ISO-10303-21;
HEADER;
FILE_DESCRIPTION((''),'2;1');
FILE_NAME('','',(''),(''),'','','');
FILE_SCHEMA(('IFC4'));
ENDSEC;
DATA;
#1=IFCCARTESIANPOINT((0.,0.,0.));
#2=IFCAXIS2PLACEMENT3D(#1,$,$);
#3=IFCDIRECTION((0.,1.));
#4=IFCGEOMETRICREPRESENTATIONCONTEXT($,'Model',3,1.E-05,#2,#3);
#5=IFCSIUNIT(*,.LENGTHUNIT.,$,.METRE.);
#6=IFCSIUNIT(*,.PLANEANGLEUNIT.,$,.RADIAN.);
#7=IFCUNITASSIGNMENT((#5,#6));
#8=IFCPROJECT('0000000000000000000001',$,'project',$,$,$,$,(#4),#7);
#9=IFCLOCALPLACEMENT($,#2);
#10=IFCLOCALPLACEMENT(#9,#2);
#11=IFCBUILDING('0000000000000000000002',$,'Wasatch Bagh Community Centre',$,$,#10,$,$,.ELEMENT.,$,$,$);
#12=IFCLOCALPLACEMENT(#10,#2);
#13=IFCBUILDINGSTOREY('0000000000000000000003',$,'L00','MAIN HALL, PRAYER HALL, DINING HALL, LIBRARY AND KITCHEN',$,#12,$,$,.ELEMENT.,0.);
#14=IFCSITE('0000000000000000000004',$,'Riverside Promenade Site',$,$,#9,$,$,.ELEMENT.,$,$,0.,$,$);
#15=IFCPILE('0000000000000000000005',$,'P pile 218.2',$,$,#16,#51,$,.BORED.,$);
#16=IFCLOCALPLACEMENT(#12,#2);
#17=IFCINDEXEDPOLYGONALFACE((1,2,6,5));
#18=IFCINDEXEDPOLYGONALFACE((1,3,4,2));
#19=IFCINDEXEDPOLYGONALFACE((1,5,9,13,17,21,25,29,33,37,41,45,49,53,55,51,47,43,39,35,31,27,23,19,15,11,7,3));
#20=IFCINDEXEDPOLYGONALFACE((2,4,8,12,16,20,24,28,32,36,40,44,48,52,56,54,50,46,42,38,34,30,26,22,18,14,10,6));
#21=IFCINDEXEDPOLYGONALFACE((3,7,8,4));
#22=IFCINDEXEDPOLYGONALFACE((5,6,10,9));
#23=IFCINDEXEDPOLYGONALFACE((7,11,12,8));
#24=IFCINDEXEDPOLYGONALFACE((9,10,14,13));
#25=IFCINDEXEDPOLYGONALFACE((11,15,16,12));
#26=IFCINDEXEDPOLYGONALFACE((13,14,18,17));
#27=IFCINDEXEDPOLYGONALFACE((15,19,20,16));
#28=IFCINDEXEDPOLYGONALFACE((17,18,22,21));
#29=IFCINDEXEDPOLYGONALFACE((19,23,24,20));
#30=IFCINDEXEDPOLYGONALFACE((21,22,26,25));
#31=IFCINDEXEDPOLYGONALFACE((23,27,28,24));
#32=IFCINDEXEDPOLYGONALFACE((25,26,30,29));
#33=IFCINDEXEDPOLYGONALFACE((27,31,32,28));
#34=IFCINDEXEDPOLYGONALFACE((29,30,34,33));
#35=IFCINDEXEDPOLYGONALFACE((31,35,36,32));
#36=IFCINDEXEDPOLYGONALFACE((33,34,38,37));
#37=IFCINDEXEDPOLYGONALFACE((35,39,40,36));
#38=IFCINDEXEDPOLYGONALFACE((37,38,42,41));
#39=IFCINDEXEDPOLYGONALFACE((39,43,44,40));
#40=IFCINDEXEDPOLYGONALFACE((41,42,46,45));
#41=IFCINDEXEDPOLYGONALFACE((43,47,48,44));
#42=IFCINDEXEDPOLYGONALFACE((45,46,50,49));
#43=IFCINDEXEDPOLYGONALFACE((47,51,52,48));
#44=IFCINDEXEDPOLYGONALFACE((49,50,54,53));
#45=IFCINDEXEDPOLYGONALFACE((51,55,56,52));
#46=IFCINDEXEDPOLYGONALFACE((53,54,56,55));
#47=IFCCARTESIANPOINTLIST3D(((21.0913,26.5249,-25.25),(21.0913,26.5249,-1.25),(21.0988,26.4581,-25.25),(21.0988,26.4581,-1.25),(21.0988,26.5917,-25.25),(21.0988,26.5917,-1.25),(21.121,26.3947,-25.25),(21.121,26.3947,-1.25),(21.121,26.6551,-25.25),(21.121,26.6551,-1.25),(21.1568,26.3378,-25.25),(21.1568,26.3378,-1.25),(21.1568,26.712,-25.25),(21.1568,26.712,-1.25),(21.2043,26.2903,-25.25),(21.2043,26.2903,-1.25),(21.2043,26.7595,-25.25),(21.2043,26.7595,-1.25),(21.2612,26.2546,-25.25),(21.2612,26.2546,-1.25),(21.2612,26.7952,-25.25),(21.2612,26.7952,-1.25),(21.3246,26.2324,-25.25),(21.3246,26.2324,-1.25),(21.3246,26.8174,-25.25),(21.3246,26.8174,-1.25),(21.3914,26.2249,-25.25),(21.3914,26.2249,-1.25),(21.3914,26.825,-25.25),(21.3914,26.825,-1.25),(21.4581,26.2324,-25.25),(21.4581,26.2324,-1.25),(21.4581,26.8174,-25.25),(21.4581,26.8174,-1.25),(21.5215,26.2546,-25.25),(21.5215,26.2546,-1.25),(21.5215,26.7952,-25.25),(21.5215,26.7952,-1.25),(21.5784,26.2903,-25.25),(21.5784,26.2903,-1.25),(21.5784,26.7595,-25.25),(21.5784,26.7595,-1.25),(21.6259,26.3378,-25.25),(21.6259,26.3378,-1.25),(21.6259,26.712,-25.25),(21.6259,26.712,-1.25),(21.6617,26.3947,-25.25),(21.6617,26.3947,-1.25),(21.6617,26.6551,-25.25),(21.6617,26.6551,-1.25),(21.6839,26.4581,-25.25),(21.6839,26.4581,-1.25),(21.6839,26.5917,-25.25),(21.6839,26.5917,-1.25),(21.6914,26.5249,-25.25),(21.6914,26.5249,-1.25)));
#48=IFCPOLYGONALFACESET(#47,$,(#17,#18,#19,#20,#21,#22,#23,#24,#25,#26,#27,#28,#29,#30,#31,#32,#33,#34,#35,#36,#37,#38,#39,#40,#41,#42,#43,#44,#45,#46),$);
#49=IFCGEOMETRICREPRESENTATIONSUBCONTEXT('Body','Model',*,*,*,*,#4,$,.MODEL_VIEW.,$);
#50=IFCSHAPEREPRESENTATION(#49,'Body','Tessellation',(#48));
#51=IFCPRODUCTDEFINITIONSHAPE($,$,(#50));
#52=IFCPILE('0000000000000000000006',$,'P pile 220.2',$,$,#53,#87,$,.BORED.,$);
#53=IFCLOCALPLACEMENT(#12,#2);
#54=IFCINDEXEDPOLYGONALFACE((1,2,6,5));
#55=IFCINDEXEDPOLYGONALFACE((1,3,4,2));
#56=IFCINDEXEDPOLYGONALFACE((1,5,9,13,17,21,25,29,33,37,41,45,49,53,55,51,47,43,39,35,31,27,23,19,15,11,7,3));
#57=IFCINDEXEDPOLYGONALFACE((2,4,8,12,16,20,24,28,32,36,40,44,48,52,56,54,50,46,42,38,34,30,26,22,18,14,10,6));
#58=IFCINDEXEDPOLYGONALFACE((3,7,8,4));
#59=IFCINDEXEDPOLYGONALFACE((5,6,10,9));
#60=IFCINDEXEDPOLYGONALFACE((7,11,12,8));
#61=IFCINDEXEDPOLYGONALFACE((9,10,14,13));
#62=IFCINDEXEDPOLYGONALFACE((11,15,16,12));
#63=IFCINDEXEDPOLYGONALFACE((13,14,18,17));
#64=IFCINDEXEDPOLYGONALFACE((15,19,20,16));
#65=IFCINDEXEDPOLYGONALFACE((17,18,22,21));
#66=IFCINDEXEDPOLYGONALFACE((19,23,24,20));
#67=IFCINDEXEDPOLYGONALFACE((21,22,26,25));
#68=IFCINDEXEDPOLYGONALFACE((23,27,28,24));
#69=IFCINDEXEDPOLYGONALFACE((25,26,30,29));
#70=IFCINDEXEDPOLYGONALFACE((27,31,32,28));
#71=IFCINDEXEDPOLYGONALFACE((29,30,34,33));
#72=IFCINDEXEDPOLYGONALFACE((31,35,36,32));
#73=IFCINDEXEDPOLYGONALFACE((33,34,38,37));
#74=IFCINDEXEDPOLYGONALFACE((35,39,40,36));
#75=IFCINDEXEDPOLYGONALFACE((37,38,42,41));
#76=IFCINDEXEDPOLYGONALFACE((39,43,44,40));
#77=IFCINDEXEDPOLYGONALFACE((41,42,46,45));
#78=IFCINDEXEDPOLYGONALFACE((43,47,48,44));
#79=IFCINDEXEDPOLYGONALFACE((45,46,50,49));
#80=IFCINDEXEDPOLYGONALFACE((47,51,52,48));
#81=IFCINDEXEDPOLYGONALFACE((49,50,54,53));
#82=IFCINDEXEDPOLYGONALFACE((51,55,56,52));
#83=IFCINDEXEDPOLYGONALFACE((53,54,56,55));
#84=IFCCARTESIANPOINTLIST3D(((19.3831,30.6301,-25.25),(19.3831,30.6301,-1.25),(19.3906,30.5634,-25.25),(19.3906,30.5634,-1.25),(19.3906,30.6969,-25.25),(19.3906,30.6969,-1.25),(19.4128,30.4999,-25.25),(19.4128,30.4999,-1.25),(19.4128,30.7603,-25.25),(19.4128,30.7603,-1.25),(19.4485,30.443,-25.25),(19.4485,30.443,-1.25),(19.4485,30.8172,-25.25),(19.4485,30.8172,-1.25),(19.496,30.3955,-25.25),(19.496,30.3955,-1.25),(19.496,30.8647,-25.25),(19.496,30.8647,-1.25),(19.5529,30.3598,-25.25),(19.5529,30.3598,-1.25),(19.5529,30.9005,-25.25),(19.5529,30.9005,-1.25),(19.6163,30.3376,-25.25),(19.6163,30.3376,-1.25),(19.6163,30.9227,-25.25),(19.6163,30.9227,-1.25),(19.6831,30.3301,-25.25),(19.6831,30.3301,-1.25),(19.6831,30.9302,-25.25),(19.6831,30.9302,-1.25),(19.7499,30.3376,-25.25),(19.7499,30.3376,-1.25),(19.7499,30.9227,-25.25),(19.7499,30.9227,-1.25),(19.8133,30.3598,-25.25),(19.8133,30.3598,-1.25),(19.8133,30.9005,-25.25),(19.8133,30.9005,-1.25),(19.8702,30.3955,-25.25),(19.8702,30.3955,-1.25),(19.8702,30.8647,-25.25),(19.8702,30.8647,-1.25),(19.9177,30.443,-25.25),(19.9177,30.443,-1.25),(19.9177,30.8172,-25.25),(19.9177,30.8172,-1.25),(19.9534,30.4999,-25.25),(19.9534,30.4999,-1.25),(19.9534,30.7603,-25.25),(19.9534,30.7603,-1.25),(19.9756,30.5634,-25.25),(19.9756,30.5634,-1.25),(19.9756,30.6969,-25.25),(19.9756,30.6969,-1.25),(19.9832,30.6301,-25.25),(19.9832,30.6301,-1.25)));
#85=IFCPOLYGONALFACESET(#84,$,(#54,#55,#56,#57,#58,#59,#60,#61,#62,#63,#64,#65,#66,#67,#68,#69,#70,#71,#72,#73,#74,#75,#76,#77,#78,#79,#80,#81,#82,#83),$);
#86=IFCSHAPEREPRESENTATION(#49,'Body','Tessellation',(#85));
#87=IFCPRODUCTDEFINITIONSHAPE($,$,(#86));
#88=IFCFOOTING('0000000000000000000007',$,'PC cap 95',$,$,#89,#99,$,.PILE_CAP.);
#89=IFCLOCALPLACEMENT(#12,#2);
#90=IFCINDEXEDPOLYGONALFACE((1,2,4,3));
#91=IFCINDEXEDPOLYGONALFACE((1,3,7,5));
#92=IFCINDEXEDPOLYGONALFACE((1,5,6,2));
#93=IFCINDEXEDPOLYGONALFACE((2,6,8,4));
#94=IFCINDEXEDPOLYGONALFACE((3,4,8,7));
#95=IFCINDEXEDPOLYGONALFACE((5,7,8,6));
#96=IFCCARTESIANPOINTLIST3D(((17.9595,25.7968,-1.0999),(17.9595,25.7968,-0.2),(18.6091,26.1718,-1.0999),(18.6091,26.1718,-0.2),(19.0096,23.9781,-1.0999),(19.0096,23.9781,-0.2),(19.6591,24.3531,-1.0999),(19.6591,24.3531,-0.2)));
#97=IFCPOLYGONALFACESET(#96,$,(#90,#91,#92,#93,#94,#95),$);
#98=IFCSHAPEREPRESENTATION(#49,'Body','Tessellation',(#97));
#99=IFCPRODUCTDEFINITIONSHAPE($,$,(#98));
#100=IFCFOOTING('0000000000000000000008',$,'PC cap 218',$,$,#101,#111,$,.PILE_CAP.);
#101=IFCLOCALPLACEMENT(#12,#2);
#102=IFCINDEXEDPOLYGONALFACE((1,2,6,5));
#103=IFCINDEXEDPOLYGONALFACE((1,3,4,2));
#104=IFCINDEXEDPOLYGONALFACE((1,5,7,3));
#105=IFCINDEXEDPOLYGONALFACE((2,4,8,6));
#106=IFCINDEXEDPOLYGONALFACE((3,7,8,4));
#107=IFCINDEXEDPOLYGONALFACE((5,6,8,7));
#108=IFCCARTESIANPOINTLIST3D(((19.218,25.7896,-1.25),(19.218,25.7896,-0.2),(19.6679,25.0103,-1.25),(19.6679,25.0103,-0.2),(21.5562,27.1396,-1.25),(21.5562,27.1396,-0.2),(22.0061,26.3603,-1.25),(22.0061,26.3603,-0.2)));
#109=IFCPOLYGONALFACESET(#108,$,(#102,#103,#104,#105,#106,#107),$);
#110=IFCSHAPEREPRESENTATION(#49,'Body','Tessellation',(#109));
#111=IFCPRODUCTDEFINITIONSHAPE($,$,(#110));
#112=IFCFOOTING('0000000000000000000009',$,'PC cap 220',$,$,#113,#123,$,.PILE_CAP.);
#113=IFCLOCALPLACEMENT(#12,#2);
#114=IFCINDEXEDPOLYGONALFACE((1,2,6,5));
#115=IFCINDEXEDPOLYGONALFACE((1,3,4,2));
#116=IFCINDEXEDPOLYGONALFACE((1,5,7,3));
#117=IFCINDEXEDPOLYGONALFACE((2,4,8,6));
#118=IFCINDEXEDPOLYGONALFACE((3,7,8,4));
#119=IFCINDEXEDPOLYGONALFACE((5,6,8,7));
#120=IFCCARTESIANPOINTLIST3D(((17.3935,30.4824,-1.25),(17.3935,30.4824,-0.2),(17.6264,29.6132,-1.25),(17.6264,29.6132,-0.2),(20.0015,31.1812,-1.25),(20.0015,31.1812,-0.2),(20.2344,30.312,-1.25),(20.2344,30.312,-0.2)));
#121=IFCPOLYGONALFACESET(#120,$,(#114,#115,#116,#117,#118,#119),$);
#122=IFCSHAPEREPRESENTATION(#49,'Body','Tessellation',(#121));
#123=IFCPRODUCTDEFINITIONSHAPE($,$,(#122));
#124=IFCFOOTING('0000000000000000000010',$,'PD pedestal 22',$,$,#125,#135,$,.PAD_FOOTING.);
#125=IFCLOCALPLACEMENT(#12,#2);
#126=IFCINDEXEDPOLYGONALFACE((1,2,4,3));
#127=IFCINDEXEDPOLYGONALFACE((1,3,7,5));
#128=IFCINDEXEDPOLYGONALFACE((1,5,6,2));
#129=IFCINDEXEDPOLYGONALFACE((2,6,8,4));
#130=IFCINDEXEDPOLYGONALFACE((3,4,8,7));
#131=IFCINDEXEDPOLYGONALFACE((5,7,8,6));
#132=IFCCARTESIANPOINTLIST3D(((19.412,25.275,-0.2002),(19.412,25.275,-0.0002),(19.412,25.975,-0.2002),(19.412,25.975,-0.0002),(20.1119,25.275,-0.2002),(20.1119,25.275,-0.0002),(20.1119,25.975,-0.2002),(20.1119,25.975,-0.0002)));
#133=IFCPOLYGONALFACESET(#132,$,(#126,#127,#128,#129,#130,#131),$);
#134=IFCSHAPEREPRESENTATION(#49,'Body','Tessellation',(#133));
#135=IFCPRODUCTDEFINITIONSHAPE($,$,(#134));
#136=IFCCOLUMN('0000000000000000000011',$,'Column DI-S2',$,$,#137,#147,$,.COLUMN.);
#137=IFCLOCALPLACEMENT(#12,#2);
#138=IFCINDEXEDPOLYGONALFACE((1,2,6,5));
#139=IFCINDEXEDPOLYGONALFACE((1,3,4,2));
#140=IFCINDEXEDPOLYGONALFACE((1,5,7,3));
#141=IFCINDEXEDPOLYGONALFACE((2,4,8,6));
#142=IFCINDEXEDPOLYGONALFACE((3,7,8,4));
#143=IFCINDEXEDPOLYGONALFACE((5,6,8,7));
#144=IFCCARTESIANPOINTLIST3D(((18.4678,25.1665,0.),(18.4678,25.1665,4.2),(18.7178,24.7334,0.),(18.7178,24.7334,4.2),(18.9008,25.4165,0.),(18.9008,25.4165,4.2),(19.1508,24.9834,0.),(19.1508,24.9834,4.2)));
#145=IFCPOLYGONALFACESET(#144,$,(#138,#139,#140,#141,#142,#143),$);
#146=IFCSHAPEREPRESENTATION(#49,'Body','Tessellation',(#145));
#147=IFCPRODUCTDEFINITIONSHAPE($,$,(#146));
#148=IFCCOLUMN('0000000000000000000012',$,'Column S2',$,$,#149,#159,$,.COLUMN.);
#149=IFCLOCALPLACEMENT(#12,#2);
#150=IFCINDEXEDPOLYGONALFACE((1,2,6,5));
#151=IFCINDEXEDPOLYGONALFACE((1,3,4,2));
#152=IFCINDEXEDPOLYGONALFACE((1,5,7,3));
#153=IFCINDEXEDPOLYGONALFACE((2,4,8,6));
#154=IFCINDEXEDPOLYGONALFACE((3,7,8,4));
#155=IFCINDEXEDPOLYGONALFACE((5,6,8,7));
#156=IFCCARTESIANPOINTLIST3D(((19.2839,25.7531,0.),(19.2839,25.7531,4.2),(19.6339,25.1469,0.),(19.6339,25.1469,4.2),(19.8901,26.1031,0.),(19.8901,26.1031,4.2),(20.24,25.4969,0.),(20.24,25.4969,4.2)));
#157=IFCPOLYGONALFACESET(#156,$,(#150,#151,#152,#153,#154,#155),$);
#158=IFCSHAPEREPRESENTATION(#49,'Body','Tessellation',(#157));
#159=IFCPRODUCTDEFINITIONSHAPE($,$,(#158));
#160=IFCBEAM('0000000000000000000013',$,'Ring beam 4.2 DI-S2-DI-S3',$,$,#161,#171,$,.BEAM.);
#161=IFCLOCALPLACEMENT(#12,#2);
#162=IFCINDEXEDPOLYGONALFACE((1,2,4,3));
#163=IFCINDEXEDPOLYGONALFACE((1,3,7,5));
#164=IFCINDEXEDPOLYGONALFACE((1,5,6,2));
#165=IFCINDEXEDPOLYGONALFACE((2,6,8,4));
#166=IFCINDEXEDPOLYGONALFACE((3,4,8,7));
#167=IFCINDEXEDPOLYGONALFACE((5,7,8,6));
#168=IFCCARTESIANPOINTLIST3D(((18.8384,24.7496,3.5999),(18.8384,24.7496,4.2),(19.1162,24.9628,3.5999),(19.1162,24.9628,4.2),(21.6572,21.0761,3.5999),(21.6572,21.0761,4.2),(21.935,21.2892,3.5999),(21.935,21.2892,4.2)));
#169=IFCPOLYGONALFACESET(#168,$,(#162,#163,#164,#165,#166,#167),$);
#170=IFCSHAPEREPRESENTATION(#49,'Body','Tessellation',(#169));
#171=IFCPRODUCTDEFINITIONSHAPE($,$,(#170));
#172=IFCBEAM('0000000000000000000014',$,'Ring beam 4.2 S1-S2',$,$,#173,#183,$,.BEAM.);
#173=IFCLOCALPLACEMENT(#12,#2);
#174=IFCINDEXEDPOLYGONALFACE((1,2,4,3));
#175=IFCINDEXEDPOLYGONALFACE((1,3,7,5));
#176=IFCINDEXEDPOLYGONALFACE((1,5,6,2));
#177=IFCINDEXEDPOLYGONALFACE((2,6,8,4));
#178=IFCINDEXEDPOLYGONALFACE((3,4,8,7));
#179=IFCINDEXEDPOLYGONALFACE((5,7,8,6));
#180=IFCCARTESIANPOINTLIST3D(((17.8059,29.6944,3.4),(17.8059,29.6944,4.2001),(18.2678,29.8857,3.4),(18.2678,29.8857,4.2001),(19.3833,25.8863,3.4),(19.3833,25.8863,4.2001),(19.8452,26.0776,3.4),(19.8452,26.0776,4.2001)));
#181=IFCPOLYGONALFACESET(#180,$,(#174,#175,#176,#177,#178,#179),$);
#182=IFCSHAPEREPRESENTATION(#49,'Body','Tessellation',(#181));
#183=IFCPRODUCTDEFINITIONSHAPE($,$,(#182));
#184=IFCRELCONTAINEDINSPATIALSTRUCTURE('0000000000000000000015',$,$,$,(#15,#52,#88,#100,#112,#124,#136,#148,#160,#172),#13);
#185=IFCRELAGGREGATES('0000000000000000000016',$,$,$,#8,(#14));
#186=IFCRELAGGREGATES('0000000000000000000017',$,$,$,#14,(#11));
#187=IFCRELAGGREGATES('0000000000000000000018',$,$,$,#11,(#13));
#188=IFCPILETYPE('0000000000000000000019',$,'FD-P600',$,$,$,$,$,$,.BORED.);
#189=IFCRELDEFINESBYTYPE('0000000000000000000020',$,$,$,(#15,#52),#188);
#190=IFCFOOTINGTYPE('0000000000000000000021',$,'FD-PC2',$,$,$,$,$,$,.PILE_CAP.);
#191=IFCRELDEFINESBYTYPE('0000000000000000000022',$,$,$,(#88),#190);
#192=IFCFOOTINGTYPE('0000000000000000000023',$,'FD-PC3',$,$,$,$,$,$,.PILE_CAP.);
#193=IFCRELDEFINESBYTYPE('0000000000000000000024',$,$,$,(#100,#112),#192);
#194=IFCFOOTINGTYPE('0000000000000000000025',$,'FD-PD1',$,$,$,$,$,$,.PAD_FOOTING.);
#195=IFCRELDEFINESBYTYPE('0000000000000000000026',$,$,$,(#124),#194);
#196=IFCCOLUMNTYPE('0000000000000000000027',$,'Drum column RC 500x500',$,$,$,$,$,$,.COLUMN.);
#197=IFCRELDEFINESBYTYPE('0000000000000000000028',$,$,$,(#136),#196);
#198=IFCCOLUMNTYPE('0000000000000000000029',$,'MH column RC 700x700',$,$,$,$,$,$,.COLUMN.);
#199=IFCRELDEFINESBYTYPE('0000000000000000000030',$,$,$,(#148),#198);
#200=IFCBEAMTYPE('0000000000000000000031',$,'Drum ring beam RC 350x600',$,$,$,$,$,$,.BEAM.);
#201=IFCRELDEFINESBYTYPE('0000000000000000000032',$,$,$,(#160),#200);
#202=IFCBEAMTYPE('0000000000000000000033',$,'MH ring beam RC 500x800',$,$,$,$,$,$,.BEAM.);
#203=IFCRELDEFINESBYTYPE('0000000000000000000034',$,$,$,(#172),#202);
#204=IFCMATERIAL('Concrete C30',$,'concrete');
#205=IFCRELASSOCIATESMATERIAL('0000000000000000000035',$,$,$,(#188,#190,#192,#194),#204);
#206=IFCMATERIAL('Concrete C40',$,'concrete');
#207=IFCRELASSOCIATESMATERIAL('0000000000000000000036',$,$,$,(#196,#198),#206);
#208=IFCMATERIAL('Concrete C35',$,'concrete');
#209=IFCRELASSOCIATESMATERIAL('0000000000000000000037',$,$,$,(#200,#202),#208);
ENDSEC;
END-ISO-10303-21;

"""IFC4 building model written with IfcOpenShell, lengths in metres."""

from ifc_helpers import new_model, si_unit, direction, frame, origin, origin_2d, place, context, subcontext, project, spatial, rectangle, circle, extrude, material, material_profile, profile_set, type_object, element, save


model = new_model("IFC4")

# Units and contexts
model_context = context("Model", 3, precision=1e-05, world=origin(), true_north=direction((0.0, 1.0)))
body_context = subcontext(model_context, "Body", "Model", "MODEL_VIEW")
ifc_project = project(units=[si_unit("LENGTHUNIT", "METRE"), si_unit("PLANEANGLEUNIT", "RADIAN")], contexts=[model_context])

# Site, building, storey
site_placement = place(None, origin())
site = spatial("IfcSite", under=ifc_project, at=site_placement, Name="Riverside Promenade Site", CompositionType="ELEMENT", RefElevation=0.0)
building_placement = place(site_placement, origin())
building = spatial("IfcBuilding", under=site, at=building_placement, Name="Wasatch Bagh Community Centre", CompositionType="ELEMENT")
storey_placement = place(building_placement, origin())
storey = spatial("IfcBuildingStorey", under=building, at=storey_placement, Name="L00", Description="MAIN HALL, PRAYER HALL, DINING HALL, LIBRARY AND KITCHEN", CompositionType="ELEMENT", Elevation=0.0)

# Shared definitions
ifc_material_1 = material(Name="Concrete C35", Category="concrete")

# Piles
ifc_material_2 = material(Name="Concrete C30", Category="concrete")
ifc_material_profile_1 = material_profile(ifc_material_2, circle(Radius=0.3, at=origin_2d()), Name="RC D600")
ifc_profile_set_1 = profile_set([ifc_material_profile_1], Name="Concrete C30")
pile_type_1 = type_object("IfcPileType", Name="FD-P600", PredefinedType="BORED", material=ifc_profile_set_1)
for number, where, z_axis, x_axis, name in (
    (1, (21.3914, 26.5249, -1.25), (0.0, 0.0, -1.0), (1.0, 0.0, 0.0), "P pile 218.2"),
    (2, (19.6831, 30.6301, -1.25), (0.0, 0.0, -1.0), (1.0, 0.0, 0.0), "P pile 220.2"),
):
    element("IfcPile", number, at=place(storey_placement, frame(where, z_axis=z_axis, x_axis=x_axis)), inside=storey, type_object=pile_type_1, Name=name, PredefinedType="BORED", context=body_context, shape_type="SweptSolid", body=[
        extrude(circle(Radius=0.3, at=origin_2d()), origin(), (0.0, 0.0, 1.0), 24.0),
    ])

# Footings
footing_type_1 = type_object("IfcFootingType", Name="FD-PC2", PredefinedType="PILE_CAP", material=ifc_material_2)
footing_1_placement = place(storey_placement, frame((18.8093, 25.075, -1.0999), z_axis=(0.0, 0.0, 1.0), x_axis=(0.5, -0.866025, 0.0)))
element("IfcFooting", 3, at=footing_1_placement, inside=storey, type_object=footing_type_1, Name="PC cap 95", PredefinedType="PILE_CAP", context=body_context, shape_type="SweptSolid", body=[
    extrude(rectangle(XDim=2.1001, YDim=0.75, at=origin_2d()), origin(), (0.0, 0.0, 1.0), 0.8999),
])
footing_type_2 = type_object("IfcFootingType", Name="FD-PC3", PredefinedType="PILE_CAP", material=ifc_material_2)
for number, where, z_axis, x_axis, name in (
    (4, (20.6121, 26.075, -1.25), (0.0, 0.0, 1.0), (0.866025, 0.5, 0.0), "PC cap 218"),
    (5, (18.814, 30.3972, -1.25), (0.0, 0.0, 1.0), (0.965926, 0.258819, 0.0), "PC cap 220"),
):
    element("IfcFooting", number, at=place(storey_placement, frame(where, z_axis=z_axis, x_axis=x_axis)), inside=storey, type_object=footing_type_2, Name=name, PredefinedType="PILE_CAP", context=body_context, shape_type="SweptSolid", body=[
        extrude(rectangle(XDim=2.7, YDim=0.8999, at=origin_2d()), origin(), (0.0, 0.0, 1.0), 1.05),
    ])
footing_type_3 = type_object("IfcFootingType", Name="FD-PD1", PredefinedType="PAD_FOOTING", material=ifc_material_2)
footing_2_placement = place(storey_placement, frame((19.762, 25.625, -0.2002), z_axis=(0.0, 0.0, 1.0), x_axis=(1.0, 0.0, 0.0)))
element("IfcFooting", 6, at=footing_2_placement, inside=storey, type_object=footing_type_3, Name="PD pedestal 22", PredefinedType="PAD_FOOTING", context=body_context, shape_type="SweptSolid", body=[
    extrude(rectangle(XDim=0.7, YDim=0.7, at=origin_2d()), origin(), (0.0, 0.0, 1.0), 0.2),
])

# Columns
ifc_material_3 = material(Name="Concrete C40", Category="concrete")
ifc_material_profile_2 = material_profile(ifc_material_3, rectangle(XDim=0.5, YDim=0.5, at=origin_2d()), Name="RC 500x500")
ifc_profile_set_2 = profile_set([ifc_material_profile_2], Name="Concrete C40")
column_type_1 = type_object("IfcColumnType", Name="Drum column RC 500x500", PredefinedType="COLUMN", material=ifc_profile_set_2)
column_1_placement = place(storey_placement, frame((18.8093, 25.075, 0.0), z_axis=(0.0, 0.0, 1.0), x_axis=(0.866025, 0.5, 0.0)))
element("IfcColumn", 7, at=column_1_placement, inside=storey, type_object=column_type_1, Name="Column DI-S2", PredefinedType="COLUMN", context=body_context, shape_type="SweptSolid", body=[
    extrude(rectangle(XDim=0.5, YDim=0.5, at=origin_2d()), origin(), (0.0, 0.0, 1.0), 4.2),
])
ifc_material_profile_3 = material_profile(ifc_material_3, rectangle(XDim=0.7, YDim=0.7, at=origin_2d()), Name="RC 700x700")
ifc_profile_set_3 = profile_set([ifc_material_profile_3], Name="Concrete C40")
column_type_2 = type_object("IfcColumnType", Name="MH column RC 700x700", PredefinedType="COLUMN", material=ifc_profile_set_3)
column_2_placement = place(storey_placement, frame((19.762, 25.625, 0.0), z_axis=(0.0, 0.0, 1.0), x_axis=(0.866025, 0.5, 0.0)))
element("IfcColumn", 8, at=column_2_placement, inside=storey, type_object=column_type_2, Name="Column S2", PredefinedType="COLUMN", context=body_context, shape_type="SweptSolid", body=[
    extrude(rectangle(XDim=0.7, YDim=0.7, at=origin_2d()), origin(), (0.0, 0.0, 1.0), 4.2),
])

# Beams
ifc_material_profile_4 = material_profile(ifc_material_1, rectangle(XDim=0.3501, YDim=0.6001, at=origin_2d()), Name="RC 350x600")
ifc_profile_set_4 = profile_set([ifc_material_profile_4], Name="Concrete C35")
beam_type_1 = type_object("IfcBeamType", Name="Drum ring beam RC 350x600", PredefinedType="BEAM", material=ifc_profile_set_4)
beam_placement = place(storey_placement, frame((18.9773, 24.8562, 3.8999), z_axis=(0.608762, -0.793353, 0.0), x_axis=(0.793353, 0.608762, 0.0)))
element("IfcBeam", 9, at=beam_placement, inside=storey, type_object=beam_type_1, Name="Ring beam 4.2 DI-S2-DI-S3", PredefinedType="BEAM", context=body_context, shape_type="SweptSolid", body=[
    extrude(rectangle(XDim=0.3501, YDim=0.6001, at=origin_2d()), origin(), (0.0, 0.0, 1.0), 4.6304),
])
ifc_material_profile_5 = material_profile(ifc_material_1, rectangle(XDim=0.5, YDim=0.8, at=origin_2d()), Name="RC 500x800")
ifc_profile_set_5 = profile_set([ifc_material_profile_5], Name="Concrete C35")
beam_type_2 = type_object("IfcBeamType", Name="MH ring beam RC 500x800", PredefinedType="BEAM", material=ifc_profile_set_5)
for number, where, z_axis, x_axis, name in (
    (10, (18.0369, 29.79, 3.8), (0.382688, -0.923878, 0.0), (0.923878, 0.382688, 0.0), "Ring beam 4.2 S1-S2"),
):
    element("IfcBeam", number, at=place(storey_placement, frame(where, z_axis=z_axis, x_axis=x_axis)), inside=storey, type_object=beam_type_2, Name=name, PredefinedType="BEAM", context=body_context, shape_type="SweptSolid", body=[
        extrude(rectangle(XDim=0.5, YDim=0.8, at=origin_2d()), origin(), (0.0, 0.0, 1.0), 4.1218),
    ])

save(model, "model.ifc")
